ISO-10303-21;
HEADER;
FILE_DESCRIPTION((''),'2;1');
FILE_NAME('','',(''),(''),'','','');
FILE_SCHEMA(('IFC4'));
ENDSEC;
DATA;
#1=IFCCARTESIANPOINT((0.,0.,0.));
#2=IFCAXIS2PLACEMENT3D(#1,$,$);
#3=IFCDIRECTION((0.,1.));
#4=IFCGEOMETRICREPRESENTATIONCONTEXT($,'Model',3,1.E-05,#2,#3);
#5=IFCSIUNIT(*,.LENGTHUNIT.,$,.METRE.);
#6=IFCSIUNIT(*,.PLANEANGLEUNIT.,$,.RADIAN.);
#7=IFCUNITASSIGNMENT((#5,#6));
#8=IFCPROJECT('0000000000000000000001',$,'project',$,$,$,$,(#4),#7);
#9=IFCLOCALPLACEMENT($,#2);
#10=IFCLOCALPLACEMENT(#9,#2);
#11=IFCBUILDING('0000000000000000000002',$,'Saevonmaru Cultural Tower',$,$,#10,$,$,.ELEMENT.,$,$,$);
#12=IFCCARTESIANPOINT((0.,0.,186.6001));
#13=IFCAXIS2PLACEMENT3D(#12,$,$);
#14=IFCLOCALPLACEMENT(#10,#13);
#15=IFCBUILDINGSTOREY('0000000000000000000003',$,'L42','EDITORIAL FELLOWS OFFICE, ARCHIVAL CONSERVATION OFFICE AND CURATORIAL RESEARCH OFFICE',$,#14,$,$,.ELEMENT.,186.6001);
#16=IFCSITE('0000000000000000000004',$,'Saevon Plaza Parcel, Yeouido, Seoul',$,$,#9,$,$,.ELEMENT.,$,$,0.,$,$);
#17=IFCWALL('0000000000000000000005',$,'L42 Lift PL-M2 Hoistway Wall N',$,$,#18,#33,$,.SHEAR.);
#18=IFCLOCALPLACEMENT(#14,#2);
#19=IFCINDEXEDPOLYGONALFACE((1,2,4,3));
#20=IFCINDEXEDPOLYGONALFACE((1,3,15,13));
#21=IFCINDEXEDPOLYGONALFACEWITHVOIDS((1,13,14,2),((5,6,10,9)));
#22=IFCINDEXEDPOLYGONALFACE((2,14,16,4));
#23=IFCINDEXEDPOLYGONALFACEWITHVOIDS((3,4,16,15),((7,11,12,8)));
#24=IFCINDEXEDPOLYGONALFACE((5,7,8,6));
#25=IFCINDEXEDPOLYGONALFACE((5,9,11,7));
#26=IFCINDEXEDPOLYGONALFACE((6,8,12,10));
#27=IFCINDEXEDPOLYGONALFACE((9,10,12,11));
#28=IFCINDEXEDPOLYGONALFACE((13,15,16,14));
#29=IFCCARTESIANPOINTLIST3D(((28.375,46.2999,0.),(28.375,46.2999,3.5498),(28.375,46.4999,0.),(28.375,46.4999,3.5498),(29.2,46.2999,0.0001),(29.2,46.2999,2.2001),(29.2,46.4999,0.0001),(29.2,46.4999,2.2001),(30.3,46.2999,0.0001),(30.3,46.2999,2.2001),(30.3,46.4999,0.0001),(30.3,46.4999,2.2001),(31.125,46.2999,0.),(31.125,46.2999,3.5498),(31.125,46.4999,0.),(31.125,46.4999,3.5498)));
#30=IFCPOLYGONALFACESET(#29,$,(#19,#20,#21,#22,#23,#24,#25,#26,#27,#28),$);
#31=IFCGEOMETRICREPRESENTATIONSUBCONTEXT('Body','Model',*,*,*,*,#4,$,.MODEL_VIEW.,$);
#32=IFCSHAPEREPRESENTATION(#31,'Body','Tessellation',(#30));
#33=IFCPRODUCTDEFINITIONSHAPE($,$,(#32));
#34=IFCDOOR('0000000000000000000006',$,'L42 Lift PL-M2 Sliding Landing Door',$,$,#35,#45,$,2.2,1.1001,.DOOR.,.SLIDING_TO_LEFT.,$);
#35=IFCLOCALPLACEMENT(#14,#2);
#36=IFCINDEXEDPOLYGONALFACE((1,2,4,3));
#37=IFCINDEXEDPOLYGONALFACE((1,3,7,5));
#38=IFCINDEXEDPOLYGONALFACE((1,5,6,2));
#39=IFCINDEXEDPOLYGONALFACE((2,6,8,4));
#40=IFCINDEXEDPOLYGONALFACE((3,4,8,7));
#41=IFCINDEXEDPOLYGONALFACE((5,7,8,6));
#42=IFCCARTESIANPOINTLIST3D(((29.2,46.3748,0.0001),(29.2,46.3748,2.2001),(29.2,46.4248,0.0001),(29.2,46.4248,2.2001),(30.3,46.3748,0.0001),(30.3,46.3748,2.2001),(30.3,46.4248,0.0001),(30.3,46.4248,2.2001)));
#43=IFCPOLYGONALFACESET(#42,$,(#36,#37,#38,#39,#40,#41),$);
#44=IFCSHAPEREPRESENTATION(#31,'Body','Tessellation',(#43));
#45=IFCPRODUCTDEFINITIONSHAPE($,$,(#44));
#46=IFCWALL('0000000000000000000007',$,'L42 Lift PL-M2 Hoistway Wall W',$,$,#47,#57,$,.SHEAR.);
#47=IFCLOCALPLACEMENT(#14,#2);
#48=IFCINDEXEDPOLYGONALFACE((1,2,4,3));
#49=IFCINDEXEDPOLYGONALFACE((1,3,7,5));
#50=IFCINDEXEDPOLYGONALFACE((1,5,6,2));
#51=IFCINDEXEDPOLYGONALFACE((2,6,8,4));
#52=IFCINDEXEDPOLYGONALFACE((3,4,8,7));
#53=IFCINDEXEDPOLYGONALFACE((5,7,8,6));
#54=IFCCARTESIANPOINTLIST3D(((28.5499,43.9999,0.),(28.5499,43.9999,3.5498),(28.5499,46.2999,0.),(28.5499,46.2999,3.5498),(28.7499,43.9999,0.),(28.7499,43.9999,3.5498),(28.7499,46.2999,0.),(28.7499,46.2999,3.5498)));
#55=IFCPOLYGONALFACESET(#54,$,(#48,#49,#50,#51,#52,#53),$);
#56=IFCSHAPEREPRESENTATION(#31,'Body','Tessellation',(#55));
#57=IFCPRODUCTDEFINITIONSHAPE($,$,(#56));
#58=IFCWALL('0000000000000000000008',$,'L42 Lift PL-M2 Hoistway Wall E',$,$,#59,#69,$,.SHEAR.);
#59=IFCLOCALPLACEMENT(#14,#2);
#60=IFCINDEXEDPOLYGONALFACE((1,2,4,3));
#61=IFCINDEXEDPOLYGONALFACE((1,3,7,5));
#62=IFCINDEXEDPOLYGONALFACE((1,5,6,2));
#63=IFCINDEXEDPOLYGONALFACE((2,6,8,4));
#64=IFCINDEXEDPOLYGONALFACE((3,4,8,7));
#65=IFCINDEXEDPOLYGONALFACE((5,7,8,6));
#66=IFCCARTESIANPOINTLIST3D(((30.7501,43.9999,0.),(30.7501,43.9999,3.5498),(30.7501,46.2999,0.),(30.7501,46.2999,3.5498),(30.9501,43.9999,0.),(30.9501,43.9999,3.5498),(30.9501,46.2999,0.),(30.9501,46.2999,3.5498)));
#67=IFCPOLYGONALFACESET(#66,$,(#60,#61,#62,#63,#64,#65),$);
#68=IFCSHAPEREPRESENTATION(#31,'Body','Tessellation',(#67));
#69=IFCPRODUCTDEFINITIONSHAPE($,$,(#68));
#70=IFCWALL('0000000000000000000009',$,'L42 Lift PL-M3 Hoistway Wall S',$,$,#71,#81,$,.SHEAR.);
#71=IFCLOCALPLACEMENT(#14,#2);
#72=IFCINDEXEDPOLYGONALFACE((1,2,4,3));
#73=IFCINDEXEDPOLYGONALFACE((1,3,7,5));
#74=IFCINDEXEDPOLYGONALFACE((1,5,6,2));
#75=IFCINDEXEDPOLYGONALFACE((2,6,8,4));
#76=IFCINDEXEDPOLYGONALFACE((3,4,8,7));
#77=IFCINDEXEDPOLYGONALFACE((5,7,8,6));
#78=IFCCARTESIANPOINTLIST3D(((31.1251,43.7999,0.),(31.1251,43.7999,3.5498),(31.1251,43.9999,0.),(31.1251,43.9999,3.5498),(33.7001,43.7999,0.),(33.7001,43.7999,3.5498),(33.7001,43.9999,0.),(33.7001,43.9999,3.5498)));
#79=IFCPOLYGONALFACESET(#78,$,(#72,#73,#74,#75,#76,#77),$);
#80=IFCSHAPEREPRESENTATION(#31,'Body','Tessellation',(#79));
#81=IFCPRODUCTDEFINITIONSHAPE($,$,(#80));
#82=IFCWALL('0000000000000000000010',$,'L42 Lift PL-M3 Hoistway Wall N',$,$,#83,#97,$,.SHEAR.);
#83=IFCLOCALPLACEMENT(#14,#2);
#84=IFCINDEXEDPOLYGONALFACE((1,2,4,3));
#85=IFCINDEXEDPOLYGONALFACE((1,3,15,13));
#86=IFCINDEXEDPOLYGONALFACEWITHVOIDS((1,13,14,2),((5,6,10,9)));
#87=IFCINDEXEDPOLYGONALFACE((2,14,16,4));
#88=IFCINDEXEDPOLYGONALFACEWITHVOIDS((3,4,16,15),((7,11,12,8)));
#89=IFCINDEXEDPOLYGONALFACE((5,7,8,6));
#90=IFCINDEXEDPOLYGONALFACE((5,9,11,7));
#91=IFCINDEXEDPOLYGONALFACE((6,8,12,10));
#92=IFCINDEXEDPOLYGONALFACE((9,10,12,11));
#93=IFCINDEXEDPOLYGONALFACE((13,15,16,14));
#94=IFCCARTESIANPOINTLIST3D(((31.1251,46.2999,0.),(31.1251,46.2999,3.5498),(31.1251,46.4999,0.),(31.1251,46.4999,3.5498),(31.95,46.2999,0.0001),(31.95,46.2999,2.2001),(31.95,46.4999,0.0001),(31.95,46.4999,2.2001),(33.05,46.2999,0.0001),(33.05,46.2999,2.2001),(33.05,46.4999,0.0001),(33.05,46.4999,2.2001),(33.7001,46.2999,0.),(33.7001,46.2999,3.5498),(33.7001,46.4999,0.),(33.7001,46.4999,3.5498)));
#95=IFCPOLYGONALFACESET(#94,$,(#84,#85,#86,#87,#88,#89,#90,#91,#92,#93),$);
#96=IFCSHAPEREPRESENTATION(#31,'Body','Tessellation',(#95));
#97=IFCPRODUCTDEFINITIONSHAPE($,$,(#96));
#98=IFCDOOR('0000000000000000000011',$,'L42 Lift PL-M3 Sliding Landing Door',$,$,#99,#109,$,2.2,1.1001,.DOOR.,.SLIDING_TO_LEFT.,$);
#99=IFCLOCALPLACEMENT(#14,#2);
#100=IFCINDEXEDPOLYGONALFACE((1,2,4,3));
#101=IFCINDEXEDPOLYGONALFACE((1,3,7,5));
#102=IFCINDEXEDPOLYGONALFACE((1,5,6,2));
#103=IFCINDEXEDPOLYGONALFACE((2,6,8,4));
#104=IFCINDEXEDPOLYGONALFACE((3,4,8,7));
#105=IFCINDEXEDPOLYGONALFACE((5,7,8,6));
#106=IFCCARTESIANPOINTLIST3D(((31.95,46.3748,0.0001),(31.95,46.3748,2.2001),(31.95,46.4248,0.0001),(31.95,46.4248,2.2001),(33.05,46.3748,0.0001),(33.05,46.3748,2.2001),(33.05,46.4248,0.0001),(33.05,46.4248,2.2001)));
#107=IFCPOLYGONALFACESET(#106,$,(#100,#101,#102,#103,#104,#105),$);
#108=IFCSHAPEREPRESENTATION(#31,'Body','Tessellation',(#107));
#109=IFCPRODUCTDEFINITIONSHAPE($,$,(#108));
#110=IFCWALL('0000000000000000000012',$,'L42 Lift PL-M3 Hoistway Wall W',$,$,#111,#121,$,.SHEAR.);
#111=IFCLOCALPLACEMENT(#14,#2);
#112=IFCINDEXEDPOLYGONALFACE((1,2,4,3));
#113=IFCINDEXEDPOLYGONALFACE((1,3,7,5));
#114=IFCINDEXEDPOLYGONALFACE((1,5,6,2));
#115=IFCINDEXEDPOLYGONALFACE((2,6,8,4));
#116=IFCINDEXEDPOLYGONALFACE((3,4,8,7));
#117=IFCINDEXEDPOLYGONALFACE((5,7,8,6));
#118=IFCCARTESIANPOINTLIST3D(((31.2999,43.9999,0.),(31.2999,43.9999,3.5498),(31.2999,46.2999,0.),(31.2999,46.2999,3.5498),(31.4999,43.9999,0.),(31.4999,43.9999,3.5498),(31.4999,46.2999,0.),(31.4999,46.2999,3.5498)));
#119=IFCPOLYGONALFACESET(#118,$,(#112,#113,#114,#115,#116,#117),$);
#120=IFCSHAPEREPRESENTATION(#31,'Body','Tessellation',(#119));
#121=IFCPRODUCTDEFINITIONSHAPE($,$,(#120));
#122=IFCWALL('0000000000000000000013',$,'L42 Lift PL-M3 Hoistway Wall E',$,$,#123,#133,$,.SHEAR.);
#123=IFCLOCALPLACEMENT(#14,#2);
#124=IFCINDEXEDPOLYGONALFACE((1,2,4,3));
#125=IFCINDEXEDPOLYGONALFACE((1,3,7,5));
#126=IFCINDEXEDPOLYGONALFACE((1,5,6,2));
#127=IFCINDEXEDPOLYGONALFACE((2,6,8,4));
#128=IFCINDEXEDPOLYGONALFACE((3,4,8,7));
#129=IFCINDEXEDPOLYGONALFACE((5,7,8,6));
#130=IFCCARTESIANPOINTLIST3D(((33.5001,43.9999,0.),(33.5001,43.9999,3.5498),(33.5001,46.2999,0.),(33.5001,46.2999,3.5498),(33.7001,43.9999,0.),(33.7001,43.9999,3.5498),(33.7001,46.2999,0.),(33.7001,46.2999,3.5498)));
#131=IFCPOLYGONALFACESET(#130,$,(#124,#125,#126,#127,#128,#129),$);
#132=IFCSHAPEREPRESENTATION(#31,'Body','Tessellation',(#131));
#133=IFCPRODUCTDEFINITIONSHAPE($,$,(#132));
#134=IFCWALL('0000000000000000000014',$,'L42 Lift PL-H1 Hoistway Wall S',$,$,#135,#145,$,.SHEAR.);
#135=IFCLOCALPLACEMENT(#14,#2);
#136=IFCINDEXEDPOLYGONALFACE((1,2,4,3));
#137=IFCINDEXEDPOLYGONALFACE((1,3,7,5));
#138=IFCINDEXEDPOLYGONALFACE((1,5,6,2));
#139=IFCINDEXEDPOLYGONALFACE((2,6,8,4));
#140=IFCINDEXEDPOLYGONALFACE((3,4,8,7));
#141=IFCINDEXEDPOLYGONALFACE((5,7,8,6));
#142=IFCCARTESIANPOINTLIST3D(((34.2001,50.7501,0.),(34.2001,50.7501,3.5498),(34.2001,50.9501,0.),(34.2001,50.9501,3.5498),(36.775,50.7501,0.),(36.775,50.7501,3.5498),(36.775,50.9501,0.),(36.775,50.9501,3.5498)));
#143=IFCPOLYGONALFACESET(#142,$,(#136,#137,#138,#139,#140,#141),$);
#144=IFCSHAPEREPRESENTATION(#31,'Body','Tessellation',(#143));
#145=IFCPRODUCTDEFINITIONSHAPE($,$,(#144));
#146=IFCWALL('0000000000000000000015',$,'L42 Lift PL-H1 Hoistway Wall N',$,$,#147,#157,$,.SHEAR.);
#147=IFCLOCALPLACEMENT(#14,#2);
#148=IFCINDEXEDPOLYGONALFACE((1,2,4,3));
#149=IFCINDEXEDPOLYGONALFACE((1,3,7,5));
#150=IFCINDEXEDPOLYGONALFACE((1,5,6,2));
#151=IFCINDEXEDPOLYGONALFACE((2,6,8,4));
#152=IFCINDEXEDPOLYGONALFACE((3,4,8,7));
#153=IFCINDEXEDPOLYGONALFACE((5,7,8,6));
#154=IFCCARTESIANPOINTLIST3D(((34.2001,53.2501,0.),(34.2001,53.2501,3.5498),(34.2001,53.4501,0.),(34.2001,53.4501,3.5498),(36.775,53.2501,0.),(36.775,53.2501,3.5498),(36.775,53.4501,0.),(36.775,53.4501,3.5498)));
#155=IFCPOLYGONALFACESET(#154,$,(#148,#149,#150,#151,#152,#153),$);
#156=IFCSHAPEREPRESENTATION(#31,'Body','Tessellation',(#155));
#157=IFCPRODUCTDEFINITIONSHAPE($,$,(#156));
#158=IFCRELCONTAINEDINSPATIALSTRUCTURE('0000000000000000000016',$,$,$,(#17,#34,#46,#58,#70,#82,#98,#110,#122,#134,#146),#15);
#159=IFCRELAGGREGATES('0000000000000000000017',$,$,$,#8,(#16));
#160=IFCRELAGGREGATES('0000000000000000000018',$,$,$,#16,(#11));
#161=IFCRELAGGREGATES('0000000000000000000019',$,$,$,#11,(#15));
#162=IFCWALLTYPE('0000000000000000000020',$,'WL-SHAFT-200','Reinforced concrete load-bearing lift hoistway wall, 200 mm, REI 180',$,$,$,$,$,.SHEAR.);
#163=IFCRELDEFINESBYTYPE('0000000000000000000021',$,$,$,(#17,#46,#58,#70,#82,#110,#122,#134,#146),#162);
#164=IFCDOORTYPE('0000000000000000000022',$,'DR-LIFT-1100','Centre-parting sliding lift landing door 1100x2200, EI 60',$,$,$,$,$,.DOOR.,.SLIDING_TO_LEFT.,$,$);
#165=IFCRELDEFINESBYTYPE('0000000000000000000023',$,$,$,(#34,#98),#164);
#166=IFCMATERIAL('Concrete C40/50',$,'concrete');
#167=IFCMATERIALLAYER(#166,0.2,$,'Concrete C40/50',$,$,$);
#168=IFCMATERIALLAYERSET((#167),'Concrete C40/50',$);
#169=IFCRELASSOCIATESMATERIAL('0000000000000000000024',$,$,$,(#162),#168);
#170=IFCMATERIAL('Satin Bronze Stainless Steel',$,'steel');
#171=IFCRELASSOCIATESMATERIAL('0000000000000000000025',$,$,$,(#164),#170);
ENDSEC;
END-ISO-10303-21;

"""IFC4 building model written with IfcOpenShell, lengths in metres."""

from ifc_helpers import new_model, si_unit, direction, frame, frame_2d, origin, place, context, subcontext, project, spatial, rectangle, extrude, material, layer, layer_set, type_object, element, fill, save


model = new_model("IFC4")

# Units and contexts
model_context = context("Model", 3, precision=1e-05, world=origin(), true_north=direction((0.0, 1.0)))
body_context = subcontext(model_context, "Body", "Model", "MODEL_VIEW")
ifc_project = project(units=[si_unit("LENGTHUNIT", "METRE"), si_unit("PLANEANGLEUNIT", "RADIAN")], contexts=[model_context])

# Site, building, storey
site_placement = place(None, origin())
site = spatial("IfcSite", under=ifc_project, at=site_placement, Name="Saevon Plaza Parcel, Yeouido, Seoul", CompositionType="ELEMENT", RefElevation=0.0)
building_placement = place(site_placement, origin())
building = spatial("IfcBuilding", under=site, at=building_placement, Name="Saevonmaru Cultural Tower", CompositionType="ELEMENT")
storey_placement = place(building_placement, frame((0.0, 0.0, 186.6001)))
storey = spatial("IfcBuildingStorey", under=building, at=storey_placement, Name="L42", Description="EDITORIAL FELLOWS OFFICE, ARCHIVAL CONSERVATION OFFICE AND CURATORIAL RESEARCH OFFICE", CompositionType="ELEMENT", Elevation=186.6001)

# Shared definitions
ifc_material_1 = material(Name="Concrete C40/50", Category="concrete")
ifc_layer_1 = layer(ifc_material_1, 0.2, Name="Concrete C40/50")
ifc_layer_set_1 = layer_set([ifc_layer_1], Name="Concrete C40/50")
wall_type_1 = type_object("IfcWallType", Name="WL-SHAFT-200", Description="Reinforced concrete load-bearing lift hoistway wall, 200 mm, REI 180", PredefinedType="SHEAR", material=ifc_layer_set_1)
ifc_material_2 = material(Name="Satin Bronze Stainless Steel", Category="steel")
door_type_1 = type_object("IfcDoorType", Name="DR-LIFT-1100", Description="Centre-parting sliding lift landing door 1100x2200, EI 60", OperationType="SLIDING_TO_LEFT", PredefinedType="DOOR", material=ifc_material_2)

# Wall, opening, door
wall_1_placement = place(storey_placement, frame((28.375, 46.3999, 0.0), z_axis=(0.0, 0.0, 1.0), x_axis=(1.0, 0.0, 0.0)))
wall_1 = element("IfcWall", 1, at=wall_1_placement, inside=storey, type_object=wall_type_1, Name="L42 Lift PL-M2 Hoistway Wall N", PredefinedType="SHEAR", context=body_context, shape_type="SweptSolid", body=[
    extrude(rectangle(XDim=2.75, YDim=0.2, at=frame_2d((1.375, 0.0))), origin(), (0.0, 0.0, 1.0), 3.5498),
])
opening_1_placement = place(wall_1_placement, frame((0.825, 0.0, 0.0)))
opening_1 = element("IfcOpeningElement", 2, at=opening_1_placement, cuts=wall_1, PredefinedType="OPENING", context=body_context, shape_type="SweptSolid", body=[
    extrude(rectangle(XDim=1.1001, YDim=2.2, at=frame_2d((0.55, 1.1001))), frame((0.0, 0.1099, 0.0), z_axis=(0.0, -1.0, 0.0), x_axis=(1.0, 0.0, 0.0)), (0.0, 0.0, 1.0), 0.22),
])
door_1_placement = place(opening_1_placement, origin())
door_1 = element("IfcDoor", 3, at=door_1_placement, inside=storey, type_object=door_type_1, Name="L42 Lift PL-M2 Sliding Landing Door", OperationType="SLIDING_TO_LEFT", OverallHeight=2.2, OverallWidth=1.1001, PredefinedType="DOOR", context=body_context, shape_type="SweptSolid", body=[
    extrude(rectangle(XDim=1.1001, YDim=2.2, at=frame_2d((0.55, 1.1001))), frame((0.0, 0.0249, 0.0), z_axis=(0.0, -1.0, 0.0), x_axis=(1.0, 0.0, 0.0)), (0.0, 0.0, 1.0), 0.05),
])
fill(opening_1, door_1)

# Walls
for number, where, z_axis, x_axis, name in (
    (4, (28.6499, 44.0, 0.0), (0.0, 0.0, 1.0), (0.0, 1.0, 0.0), "L42 Lift PL-M2 Hoistway Wall W"),
    (5, (30.8501, 44.0, 0.0), (0.0, 0.0, 1.0), (0.0, 1.0, 0.0), "L42 Lift PL-M2 Hoistway Wall E"),
):
    element("IfcWall", number, at=place(storey_placement, frame(where, z_axis=z_axis, x_axis=x_axis)), inside=storey, type_object=wall_type_1, Name=name, PredefinedType="SHEAR", context=body_context, shape_type="SweptSolid", body=[
        extrude(rectangle(XDim=2.3, YDim=0.2, at=frame_2d((1.1499, 0.0))), origin(), (0.0, 0.0, 1.0), 3.5498),
    ])
wall_2_placement = place(storey_placement, frame((31.125, 43.8999, 0.0), z_axis=(0.0, 0.0, 1.0), x_axis=(1.0, 0.0, 0.0)))
element("IfcWall", 6, at=wall_2_placement, inside=storey, type_object=wall_type_1, Name="L42 Lift PL-M3 Hoistway Wall S", PredefinedType="SHEAR", context=body_context, shape_type="SweptSolid", body=[
    extrude(rectangle(XDim=2.575, YDim=0.2, at=frame_2d((1.2876, 0.0))), origin(), (0.0, 0.0, 1.0), 3.5498),
])

# Wall, opening, door
wall_3_placement = place(storey_placement, frame((31.125, 46.3999, 0.0), z_axis=(0.0, 0.0, 1.0), x_axis=(1.0, 0.0, 0.0)))
wall_3 = element("IfcWall", 7, at=wall_3_placement, inside=storey, type_object=wall_type_1, Name="L42 Lift PL-M3 Hoistway Wall N", PredefinedType="SHEAR", context=body_context, shape_type="SweptSolid", body=[
    extrude(rectangle(XDim=2.575, YDim=0.2, at=frame_2d((1.2876, 0.0))), origin(), (0.0, 0.0, 1.0), 3.5498),
])
opening_2_placement = place(wall_3_placement, frame((0.825, 0.0, 0.0)))
opening_2 = element("IfcOpeningElement", 8, at=opening_2_placement, cuts=wall_3, PredefinedType="OPENING", context=body_context, shape_type="SweptSolid", body=[
    extrude(rectangle(XDim=1.1001, YDim=2.2, at=frame_2d((0.55, 1.1001))), frame((0.0, 0.1099, 0.0), z_axis=(0.0, -1.0, 0.0), x_axis=(1.0, 0.0, 0.0)), (0.0, 0.0, 1.0), 0.22),
])
door_2_placement = place(opening_2_placement, origin())
door_2 = element("IfcDoor", 9, at=door_2_placement, inside=storey, type_object=door_type_1, Name="L42 Lift PL-M3 Sliding Landing Door", OperationType="SLIDING_TO_LEFT", OverallHeight=2.2, OverallWidth=1.1001, PredefinedType="DOOR", context=body_context, shape_type="SweptSolid", body=[
    extrude(rectangle(XDim=1.1001, YDim=2.2, at=frame_2d((0.55, 1.1001))), frame((0.0, 0.0249, 0.0), z_axis=(0.0, -1.0, 0.0), x_axis=(1.0, 0.0, 0.0)), (0.0, 0.0, 1.0), 0.05),
])
fill(opening_2, door_2)

# Walls
for number, where, z_axis, x_axis, name in (
    (10, (31.3999, 44.0, 0.0), (0.0, 0.0, 1.0), (0.0, 1.0, 0.0), "L42 Lift PL-M3 Hoistway Wall W"),
    (11, (33.6001, 44.0, 0.0), (0.0, 0.0, 1.0), (0.0, 1.0, 0.0), "L42 Lift PL-M3 Hoistway Wall E"),
):
    element("IfcWall", number, at=place(storey_placement, frame(where, z_axis=z_axis, x_axis=x_axis)), inside=storey, type_object=wall_type_1, Name=name, PredefinedType="SHEAR", context=body_context, shape_type="SweptSolid", body=[
        extrude(rectangle(XDim=2.3, YDim=0.2, at=frame_2d((1.1499, 0.0))), origin(), (0.0, 0.0, 1.0), 3.5498),
    ])
for number, where, z_axis, x_axis, name in (
    (12, (34.2, 50.8501, 0.0), (0.0, 0.0, 1.0), (1.0, 0.0, 0.0), "L42 Lift PL-H1 Hoistway Wall S"),
    (13, (34.2, 53.3501, 0.0), (0.0, 0.0, 1.0), (1.0, 0.0, 0.0), "L42 Lift PL-H1 Hoistway Wall N"),
):
    element("IfcWall", number, at=place(storey_placement, frame(where, z_axis=z_axis, x_axis=x_axis)), inside=storey, type_object=wall_type_1, Name=name, PredefinedType="SHEAR", context=body_context, shape_type="SweptSolid", body=[
        extrude(rectangle(XDim=2.575, YDim=0.2, at=frame_2d((1.2876, 0.0))), origin(), (0.0, 0.0, 1.0), 3.5498),
    ])

save(model, "model.ifc")
